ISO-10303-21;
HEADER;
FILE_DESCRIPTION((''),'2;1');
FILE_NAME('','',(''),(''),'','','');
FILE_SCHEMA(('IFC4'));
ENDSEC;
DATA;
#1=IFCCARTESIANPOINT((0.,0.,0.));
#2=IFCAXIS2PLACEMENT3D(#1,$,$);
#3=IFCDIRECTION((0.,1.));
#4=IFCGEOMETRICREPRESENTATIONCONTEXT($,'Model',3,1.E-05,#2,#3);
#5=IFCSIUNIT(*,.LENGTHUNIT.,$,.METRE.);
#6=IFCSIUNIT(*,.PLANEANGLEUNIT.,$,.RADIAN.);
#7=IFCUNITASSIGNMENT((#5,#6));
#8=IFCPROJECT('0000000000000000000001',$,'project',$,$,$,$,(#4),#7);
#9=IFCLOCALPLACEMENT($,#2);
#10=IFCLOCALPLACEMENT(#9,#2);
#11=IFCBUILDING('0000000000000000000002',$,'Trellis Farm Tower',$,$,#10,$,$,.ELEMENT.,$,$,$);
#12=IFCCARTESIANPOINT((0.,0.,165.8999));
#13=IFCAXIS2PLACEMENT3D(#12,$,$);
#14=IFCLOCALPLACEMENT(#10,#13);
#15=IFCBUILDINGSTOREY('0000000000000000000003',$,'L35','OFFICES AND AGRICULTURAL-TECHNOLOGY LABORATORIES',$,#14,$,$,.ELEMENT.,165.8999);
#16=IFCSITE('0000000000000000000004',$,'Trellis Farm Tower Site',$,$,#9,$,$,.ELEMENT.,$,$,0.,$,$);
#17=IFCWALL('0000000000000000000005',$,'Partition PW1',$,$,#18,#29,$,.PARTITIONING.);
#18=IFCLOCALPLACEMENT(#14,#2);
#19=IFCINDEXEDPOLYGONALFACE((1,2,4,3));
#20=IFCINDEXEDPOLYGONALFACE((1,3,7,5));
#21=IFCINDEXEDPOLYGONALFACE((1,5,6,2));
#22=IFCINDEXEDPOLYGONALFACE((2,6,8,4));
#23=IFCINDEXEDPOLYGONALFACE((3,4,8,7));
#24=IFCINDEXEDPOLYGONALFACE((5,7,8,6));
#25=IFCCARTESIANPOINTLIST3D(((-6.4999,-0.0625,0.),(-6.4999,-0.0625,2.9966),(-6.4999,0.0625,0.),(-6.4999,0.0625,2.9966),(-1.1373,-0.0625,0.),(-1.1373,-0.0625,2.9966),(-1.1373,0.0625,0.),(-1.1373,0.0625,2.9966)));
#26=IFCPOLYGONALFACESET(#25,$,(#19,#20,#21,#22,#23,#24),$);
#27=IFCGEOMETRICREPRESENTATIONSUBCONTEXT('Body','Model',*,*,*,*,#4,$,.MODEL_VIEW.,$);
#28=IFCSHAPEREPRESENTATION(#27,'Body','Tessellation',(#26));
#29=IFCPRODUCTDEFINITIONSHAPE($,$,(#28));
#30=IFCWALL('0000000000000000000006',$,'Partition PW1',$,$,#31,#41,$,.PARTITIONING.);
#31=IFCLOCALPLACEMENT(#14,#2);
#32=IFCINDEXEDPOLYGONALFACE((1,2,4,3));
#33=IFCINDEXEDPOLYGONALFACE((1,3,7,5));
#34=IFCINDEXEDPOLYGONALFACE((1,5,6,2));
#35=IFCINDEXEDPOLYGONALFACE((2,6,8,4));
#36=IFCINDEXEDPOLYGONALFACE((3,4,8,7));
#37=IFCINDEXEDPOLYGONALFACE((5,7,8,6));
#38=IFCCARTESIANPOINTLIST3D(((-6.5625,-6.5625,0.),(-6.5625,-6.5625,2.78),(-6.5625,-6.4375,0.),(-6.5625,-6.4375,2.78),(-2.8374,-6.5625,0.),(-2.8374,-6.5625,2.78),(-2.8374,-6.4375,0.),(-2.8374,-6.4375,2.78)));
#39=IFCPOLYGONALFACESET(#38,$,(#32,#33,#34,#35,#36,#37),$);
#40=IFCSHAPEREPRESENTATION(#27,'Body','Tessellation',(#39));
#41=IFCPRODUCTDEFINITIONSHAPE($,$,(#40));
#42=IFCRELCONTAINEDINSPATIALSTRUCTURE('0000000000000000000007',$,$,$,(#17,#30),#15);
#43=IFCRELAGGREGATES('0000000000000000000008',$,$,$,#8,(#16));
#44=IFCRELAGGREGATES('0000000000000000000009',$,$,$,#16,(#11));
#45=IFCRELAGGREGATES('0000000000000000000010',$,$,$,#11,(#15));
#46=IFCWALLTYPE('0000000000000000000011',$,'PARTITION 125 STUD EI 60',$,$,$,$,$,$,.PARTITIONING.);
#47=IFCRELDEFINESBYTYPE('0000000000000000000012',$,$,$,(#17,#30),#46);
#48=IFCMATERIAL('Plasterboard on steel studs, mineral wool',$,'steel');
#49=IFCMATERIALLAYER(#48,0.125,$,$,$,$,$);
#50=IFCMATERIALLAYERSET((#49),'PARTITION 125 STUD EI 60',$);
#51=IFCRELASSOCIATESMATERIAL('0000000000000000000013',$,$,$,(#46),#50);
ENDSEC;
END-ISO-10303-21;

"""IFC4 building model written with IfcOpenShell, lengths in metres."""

from ifc_helpers import new_model, si_unit, direction, frame, frame_2d, origin, place, context, subcontext, project, spatial, rectangle, extrude, source, transform, mapped, material, layer, layer_set, type_object, element, save


model = new_model("IFC4")

# Units and contexts
model_context = context("Model", 3, precision=1e-05, world=origin(), true_north=direction((0.0, 1.0)))
body_context = subcontext(model_context, "Body", "Model", "MODEL_VIEW")
ifc_project = project(units=[si_unit("LENGTHUNIT", "METRE"), si_unit("PLANEANGLEUNIT", "RADIAN")], contexts=[model_context])

# Site, building, storey
site_placement = place(None, origin())
site = spatial("IfcSite", under=ifc_project, at=site_placement, Name="Trellis Farm Tower Site", CompositionType="ELEMENT", RefElevation=0.0)
building_placement = place(site_placement, origin())
building = spatial("IfcBuilding", under=site, at=building_placement, Name="Trellis Farm Tower", CompositionType="ELEMENT")
storey_placement = place(building_placement, frame((0.0, 0.0, 165.8999)))
storey = spatial("IfcBuildingStorey", under=building, at=storey_placement, Name="L35", Description="OFFICES AND AGRICULTURAL-TECHNOLOGY LABORATORIES", CompositionType="ELEMENT", Elevation=165.8999)

# Shared definitions
ifc_material_1 = material(Name="Plasterboard on steel studs, mineral wool", Category="steel")
ifc_layer_1 = layer(ifc_material_1, 0.125)
ifc_layer_set_1 = layer_set([ifc_layer_1], Name="PARTITION 125 STUD EI 60")
wall_type = type_object("IfcWallType", Name="PARTITION 125 STUD EI 60", PredefinedType="PARTITIONING", material=ifc_layer_set_1)

# Shared definitions
shared_shape_1 = source(origin(), body_context, "Body", "SweptSolid", [
    extrude(rectangle(XDim=5.3625, YDim=0.125, at=frame_2d((2.6812, 0.0))), origin(), (0.0, 0.0, 1.0), 2.9966),
])

# Walls
wall_1_placement = place(storey_placement, frame((-1.1375, 0.0, 0.0), z_axis=(0.0, 0.0, 1.0), x_axis=(-1.0, 0.0, 0.0)))
element("IfcWall", 1, at=wall_1_placement, inside=storey, type_object=wall_type, Name="Partition PW1", PredefinedType="PARTITIONING", context=body_context, shape_type="MappedRepresentation", body=[
    mapped(shared_shape_1, transform((0.0, 0.0, 0.0))),
])
shared_shape_2 = source(origin(), body_context, "Body", "SweptSolid", [
    extrude(rectangle(XDim=3.7251, YDim=0.125, at=frame_2d((1.8625, 0.0))), origin(), (0.0, 0.0, 1.0), 2.78),
])
wall_2_placement = place(storey_placement, frame((-2.8374, -6.5, 0.0), z_axis=(0.0, 0.0, 1.0), x_axis=(-1.0, 0.0, 0.0)))
element("IfcWall", 2, at=wall_2_placement, inside=storey, type_object=wall_type, Name="Partition PW1", PredefinedType="PARTITIONING", context=body_context, shape_type="MappedRepresentation", body=[
    mapped(shared_shape_2, transform((0.0, 0.0, 0.0))),
])

save(model, "model.ifc")
